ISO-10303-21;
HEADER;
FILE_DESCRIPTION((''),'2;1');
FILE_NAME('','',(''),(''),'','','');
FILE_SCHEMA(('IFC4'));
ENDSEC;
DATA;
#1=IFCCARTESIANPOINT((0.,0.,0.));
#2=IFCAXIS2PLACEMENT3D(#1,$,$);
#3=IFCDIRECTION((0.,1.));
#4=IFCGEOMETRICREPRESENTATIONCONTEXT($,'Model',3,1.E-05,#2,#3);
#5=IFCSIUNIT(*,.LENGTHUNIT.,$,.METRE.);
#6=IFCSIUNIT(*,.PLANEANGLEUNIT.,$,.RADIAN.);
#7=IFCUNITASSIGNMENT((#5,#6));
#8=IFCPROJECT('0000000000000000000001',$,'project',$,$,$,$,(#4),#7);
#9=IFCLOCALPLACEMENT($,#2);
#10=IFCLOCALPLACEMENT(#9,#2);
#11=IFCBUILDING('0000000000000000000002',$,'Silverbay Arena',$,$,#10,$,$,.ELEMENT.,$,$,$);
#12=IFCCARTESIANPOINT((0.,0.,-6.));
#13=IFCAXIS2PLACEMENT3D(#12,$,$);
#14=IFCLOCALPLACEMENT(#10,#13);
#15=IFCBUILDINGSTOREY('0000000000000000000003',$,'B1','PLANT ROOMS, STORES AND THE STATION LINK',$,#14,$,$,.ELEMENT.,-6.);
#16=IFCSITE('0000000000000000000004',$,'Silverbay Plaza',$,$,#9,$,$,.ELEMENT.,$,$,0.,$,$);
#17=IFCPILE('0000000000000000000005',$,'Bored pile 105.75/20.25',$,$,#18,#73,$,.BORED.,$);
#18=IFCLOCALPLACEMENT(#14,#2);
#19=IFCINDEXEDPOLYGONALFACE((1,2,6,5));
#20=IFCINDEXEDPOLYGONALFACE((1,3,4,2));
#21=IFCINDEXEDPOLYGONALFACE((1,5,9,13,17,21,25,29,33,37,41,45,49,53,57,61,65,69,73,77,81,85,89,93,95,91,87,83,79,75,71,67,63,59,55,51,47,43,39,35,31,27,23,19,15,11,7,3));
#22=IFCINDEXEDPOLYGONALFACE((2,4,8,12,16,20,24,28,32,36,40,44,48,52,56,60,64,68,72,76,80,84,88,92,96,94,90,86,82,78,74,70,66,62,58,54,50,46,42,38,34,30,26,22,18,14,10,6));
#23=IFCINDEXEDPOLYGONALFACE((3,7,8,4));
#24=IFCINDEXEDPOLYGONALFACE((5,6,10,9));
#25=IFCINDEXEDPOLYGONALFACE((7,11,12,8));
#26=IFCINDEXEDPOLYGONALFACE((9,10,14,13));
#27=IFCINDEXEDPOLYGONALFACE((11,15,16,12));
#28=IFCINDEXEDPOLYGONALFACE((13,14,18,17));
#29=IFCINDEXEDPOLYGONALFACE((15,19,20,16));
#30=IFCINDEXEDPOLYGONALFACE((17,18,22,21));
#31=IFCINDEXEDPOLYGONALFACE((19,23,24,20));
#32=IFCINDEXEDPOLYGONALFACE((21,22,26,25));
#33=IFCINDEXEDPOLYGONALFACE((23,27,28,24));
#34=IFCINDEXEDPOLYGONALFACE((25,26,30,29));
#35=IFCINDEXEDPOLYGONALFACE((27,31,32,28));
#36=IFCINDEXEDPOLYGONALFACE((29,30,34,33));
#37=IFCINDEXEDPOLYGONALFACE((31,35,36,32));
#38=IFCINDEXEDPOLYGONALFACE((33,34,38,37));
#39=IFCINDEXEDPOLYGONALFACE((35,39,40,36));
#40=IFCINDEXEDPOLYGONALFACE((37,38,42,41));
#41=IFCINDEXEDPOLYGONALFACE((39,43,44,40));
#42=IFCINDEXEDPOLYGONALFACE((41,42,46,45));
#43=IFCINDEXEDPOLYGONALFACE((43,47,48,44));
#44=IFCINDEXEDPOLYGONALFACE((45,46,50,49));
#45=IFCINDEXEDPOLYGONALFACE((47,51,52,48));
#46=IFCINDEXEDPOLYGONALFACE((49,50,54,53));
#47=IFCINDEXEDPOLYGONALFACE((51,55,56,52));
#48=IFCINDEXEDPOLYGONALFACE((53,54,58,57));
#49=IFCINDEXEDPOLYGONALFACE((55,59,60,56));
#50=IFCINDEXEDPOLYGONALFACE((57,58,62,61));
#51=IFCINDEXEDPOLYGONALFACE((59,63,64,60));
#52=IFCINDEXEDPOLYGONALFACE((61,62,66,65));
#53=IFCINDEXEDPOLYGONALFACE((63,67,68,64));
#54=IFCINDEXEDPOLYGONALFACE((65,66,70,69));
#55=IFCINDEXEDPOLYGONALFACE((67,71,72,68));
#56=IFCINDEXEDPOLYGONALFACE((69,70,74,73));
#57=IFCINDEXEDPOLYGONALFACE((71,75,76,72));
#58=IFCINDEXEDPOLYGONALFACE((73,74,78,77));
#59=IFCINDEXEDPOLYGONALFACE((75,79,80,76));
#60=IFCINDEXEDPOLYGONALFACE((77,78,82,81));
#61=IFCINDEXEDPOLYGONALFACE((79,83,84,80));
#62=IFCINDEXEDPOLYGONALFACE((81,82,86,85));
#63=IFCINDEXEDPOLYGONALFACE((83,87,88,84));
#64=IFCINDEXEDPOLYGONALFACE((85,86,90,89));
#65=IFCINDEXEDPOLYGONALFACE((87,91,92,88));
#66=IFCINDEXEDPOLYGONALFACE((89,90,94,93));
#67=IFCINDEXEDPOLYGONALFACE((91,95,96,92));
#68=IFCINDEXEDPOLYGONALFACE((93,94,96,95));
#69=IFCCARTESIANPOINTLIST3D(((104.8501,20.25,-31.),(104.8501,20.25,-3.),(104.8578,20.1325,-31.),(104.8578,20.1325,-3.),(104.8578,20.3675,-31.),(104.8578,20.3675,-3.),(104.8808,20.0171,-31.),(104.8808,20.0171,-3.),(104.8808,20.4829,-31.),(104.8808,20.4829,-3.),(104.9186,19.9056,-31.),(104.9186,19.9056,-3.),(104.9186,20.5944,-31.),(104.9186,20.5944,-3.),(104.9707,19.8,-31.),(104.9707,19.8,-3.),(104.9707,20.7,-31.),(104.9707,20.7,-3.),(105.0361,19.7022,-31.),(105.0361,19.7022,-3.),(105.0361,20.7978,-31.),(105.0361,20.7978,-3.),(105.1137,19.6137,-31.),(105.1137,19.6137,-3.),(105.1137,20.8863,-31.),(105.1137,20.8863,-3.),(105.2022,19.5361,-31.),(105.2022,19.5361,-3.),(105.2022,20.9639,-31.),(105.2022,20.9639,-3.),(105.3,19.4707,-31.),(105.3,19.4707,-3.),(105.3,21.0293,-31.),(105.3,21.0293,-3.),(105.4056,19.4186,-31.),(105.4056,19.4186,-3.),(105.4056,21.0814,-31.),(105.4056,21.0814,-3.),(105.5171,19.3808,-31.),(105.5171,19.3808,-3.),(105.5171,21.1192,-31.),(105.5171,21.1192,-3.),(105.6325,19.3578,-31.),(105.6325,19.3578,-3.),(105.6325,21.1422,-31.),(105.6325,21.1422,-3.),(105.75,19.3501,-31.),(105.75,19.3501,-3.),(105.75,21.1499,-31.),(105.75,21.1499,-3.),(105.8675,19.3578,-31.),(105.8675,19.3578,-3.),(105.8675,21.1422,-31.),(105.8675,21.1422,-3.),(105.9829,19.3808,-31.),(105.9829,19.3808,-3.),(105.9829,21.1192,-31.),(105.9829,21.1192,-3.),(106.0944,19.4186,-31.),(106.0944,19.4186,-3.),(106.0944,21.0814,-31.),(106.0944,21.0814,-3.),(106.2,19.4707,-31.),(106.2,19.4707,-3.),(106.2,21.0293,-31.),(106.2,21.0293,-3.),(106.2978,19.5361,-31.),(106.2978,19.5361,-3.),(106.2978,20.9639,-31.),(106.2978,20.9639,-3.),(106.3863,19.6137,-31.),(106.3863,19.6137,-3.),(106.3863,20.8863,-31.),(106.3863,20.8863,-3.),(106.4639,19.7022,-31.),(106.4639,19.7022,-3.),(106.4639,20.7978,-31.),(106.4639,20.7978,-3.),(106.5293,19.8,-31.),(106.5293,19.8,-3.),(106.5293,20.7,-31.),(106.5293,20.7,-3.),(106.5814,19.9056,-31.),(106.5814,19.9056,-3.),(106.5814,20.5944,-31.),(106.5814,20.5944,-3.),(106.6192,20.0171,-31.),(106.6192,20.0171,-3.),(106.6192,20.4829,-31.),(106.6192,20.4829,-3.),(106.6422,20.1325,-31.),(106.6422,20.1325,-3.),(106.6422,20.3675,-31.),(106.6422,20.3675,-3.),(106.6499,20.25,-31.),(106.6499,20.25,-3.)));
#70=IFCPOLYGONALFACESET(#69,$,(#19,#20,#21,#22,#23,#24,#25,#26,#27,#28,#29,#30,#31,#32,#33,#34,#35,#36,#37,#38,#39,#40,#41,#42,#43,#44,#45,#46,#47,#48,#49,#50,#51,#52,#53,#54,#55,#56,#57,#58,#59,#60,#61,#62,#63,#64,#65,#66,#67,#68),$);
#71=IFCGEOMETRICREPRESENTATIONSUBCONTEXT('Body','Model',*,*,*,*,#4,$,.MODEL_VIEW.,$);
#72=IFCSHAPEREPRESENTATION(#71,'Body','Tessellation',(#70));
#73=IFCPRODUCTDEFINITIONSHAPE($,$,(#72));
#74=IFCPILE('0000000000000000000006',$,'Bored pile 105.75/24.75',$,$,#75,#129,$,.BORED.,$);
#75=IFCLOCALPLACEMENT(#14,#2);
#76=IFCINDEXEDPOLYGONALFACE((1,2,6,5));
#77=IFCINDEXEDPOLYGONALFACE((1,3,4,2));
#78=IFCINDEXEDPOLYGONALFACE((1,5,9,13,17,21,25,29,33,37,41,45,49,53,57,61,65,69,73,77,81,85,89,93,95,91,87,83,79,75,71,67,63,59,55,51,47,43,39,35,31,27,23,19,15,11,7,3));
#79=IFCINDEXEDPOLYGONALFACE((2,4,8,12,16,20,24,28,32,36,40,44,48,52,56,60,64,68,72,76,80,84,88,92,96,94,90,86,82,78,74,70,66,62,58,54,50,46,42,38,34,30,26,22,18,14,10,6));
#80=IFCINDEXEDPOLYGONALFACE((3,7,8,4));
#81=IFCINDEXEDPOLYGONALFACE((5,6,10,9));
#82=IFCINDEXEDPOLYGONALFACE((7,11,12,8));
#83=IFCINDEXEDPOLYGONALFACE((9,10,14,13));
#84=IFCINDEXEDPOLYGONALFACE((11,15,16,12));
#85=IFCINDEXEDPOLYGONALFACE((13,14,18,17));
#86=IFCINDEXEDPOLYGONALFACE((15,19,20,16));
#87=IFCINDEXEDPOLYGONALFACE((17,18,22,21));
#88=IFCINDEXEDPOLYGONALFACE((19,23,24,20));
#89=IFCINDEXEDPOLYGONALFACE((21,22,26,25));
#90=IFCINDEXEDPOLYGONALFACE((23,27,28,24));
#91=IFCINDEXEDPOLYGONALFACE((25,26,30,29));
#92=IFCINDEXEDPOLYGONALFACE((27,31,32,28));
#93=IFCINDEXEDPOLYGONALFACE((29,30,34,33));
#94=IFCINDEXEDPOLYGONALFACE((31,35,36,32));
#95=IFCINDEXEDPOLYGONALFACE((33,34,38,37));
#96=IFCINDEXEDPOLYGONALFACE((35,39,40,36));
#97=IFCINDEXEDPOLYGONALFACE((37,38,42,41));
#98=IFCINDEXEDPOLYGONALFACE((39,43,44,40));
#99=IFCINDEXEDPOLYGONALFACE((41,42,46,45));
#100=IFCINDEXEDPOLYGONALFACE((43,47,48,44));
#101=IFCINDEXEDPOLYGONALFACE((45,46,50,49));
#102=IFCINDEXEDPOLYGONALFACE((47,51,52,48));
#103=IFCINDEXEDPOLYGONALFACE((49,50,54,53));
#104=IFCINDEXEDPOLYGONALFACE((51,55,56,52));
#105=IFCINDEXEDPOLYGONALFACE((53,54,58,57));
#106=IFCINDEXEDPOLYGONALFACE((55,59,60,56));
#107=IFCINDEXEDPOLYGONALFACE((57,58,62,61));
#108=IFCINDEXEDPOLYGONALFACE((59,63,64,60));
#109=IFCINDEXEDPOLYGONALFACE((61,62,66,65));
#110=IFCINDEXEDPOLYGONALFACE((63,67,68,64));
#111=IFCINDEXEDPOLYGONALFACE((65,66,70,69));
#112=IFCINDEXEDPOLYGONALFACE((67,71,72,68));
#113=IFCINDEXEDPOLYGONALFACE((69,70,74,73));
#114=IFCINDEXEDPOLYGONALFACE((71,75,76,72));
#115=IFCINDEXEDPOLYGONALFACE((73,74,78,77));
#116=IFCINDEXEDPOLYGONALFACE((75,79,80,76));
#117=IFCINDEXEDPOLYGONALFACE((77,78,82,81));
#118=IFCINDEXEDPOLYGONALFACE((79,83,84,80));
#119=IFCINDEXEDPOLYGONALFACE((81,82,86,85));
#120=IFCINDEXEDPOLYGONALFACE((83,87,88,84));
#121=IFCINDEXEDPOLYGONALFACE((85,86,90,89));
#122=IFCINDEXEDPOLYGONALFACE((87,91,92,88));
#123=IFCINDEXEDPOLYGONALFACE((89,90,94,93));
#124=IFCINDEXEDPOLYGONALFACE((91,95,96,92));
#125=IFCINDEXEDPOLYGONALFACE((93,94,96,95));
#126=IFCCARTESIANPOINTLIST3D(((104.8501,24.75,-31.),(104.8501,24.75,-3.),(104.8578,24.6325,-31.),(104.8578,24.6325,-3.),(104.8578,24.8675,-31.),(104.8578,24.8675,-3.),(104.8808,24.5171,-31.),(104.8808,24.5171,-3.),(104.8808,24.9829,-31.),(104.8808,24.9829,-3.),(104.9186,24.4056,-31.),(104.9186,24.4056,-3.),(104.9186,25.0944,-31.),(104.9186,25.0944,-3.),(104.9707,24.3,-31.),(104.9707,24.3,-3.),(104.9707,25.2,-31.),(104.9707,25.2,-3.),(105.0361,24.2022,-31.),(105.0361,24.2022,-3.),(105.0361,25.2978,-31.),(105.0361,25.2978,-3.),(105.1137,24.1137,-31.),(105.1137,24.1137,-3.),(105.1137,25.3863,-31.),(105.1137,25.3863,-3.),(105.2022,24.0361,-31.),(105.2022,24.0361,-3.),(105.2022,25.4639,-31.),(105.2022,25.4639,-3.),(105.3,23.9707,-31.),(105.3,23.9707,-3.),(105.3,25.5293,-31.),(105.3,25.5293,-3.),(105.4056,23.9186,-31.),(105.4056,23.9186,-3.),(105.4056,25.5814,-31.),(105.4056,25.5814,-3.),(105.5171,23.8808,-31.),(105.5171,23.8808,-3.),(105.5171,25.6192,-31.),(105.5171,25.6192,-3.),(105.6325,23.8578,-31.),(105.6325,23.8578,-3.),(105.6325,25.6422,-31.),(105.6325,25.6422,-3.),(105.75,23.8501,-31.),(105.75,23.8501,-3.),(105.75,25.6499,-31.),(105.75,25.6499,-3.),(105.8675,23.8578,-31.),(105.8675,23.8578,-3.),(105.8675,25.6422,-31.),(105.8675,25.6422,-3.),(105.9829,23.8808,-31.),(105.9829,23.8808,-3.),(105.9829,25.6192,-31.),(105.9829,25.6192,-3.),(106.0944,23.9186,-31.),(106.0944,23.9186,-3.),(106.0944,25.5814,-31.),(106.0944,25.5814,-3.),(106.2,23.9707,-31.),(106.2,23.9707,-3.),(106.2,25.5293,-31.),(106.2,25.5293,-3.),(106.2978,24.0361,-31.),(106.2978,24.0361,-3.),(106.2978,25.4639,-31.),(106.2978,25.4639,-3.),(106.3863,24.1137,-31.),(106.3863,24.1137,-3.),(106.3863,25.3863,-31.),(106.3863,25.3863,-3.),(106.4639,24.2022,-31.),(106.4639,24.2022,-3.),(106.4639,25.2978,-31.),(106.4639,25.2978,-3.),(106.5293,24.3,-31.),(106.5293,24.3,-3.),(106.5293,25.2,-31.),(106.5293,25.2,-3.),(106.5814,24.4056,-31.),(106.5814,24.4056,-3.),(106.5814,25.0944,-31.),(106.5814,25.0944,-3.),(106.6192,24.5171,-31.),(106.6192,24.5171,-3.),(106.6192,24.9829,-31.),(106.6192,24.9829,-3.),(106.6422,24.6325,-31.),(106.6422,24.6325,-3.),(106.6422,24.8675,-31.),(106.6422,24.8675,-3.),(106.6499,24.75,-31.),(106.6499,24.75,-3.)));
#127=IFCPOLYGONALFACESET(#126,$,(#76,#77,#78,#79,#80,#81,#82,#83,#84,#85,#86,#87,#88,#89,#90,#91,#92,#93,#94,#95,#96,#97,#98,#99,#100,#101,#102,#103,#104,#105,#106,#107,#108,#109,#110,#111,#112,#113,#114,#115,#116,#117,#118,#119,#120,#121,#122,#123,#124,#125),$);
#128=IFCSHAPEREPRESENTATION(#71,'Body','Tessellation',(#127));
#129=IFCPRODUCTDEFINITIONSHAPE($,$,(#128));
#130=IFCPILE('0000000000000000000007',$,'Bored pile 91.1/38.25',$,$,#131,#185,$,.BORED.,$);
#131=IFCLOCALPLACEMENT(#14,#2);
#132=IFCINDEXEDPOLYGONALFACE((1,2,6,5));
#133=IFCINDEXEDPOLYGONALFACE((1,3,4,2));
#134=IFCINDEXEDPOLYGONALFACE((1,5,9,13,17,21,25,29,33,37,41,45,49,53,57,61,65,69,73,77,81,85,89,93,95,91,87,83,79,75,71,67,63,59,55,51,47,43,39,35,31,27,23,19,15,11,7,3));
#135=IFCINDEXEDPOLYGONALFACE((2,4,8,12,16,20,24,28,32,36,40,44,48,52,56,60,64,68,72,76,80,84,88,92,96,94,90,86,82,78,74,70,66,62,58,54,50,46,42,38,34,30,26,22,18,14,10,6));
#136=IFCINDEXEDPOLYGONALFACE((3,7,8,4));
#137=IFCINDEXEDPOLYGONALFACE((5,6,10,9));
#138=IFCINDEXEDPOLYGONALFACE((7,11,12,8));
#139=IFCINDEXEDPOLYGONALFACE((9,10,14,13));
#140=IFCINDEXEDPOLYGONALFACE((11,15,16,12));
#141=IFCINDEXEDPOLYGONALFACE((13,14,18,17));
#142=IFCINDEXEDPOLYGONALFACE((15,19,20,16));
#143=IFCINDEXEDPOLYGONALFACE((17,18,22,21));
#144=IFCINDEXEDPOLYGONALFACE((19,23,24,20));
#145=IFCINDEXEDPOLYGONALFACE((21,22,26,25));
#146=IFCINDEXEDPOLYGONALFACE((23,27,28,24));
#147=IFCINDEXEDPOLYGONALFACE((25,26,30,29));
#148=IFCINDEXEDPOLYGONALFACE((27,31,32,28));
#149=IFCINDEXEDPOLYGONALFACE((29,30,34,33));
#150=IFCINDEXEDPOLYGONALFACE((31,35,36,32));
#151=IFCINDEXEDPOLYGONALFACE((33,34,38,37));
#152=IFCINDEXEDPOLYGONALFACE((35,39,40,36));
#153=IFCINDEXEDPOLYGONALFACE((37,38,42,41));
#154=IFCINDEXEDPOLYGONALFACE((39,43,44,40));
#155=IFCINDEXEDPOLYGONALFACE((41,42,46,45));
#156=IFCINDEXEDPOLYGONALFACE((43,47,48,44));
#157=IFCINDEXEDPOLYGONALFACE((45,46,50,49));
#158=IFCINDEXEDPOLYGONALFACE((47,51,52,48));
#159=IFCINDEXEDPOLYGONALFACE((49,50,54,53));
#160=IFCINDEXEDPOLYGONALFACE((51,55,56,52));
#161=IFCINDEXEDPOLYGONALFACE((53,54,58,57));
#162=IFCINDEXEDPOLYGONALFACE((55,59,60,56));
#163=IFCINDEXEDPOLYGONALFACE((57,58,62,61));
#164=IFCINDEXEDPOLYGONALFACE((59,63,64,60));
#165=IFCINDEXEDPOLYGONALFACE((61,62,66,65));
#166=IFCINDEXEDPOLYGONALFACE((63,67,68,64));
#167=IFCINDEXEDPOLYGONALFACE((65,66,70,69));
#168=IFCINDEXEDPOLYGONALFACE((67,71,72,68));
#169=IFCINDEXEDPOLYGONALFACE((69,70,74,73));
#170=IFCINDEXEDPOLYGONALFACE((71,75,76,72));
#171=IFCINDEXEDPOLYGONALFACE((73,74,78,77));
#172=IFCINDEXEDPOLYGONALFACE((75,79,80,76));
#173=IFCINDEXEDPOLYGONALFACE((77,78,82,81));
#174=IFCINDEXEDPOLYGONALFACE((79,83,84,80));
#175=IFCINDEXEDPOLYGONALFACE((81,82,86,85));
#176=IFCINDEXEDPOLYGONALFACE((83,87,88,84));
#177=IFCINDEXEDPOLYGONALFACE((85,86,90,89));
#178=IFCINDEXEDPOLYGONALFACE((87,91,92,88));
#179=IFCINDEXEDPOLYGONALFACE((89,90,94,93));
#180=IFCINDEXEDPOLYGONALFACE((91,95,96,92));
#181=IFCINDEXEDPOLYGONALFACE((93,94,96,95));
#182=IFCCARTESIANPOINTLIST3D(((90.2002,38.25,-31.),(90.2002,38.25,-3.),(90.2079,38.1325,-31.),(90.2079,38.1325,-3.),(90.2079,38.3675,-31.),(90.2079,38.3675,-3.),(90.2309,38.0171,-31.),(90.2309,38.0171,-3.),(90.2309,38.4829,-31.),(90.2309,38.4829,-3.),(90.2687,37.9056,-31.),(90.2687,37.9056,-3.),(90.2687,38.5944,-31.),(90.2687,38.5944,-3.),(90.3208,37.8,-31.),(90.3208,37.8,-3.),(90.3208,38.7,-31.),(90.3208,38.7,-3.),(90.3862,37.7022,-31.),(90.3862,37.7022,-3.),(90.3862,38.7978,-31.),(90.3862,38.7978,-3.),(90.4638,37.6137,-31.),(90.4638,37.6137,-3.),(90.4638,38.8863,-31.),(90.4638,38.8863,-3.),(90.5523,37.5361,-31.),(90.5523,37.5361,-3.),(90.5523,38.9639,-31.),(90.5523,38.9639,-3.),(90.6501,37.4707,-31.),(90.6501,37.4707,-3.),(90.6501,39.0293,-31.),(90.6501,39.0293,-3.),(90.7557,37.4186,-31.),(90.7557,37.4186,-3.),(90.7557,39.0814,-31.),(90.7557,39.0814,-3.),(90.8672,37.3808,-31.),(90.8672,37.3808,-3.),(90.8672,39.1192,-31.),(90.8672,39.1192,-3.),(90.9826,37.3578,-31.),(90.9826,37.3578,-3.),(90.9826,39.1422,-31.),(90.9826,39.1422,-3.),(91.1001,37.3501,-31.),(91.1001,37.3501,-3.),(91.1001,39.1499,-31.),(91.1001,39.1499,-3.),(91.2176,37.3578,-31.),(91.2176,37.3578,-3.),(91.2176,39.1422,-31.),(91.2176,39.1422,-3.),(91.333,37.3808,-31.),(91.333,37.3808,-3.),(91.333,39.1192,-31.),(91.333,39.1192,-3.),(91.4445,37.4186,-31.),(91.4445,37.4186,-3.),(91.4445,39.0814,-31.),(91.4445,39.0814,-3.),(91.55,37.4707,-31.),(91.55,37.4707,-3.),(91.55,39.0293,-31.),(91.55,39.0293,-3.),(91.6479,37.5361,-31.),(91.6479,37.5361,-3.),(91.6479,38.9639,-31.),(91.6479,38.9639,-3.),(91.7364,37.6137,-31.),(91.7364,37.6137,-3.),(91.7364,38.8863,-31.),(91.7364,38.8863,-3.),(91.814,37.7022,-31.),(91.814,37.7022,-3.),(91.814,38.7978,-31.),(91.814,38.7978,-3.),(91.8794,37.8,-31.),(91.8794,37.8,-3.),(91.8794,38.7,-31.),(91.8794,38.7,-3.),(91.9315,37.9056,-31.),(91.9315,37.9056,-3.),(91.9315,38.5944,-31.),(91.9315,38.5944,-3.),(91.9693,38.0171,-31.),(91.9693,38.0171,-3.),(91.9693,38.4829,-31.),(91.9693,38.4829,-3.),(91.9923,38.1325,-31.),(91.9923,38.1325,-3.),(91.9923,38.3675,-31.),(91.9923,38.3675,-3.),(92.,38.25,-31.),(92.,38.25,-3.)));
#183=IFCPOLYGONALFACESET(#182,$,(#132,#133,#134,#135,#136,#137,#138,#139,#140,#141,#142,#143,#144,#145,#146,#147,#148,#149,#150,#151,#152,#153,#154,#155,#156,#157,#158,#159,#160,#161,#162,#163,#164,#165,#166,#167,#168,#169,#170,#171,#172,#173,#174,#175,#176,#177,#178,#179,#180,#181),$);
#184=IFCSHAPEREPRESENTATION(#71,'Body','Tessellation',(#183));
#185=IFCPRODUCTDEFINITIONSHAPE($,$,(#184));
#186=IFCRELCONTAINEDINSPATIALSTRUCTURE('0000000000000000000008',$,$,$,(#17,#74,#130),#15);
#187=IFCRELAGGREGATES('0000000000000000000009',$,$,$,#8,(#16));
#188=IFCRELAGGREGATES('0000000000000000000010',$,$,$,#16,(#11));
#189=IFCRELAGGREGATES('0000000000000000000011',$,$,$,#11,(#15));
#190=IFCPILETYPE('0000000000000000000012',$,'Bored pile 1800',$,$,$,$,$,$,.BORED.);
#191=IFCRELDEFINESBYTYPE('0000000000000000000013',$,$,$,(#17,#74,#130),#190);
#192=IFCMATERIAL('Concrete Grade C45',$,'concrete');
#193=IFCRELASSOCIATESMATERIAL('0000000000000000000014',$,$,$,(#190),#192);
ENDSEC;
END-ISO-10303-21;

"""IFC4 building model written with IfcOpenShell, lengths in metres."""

from ifc_helpers import new_model, si_unit, direction, frame, origin, origin_2d, place, context, subcontext, project, spatial, circle, extrude, material, material_profile, profile_set, type_object, element, save


model = new_model("IFC4")

# Units and contexts
model_context = context("Model", 3, precision=1e-05, world=origin(), true_north=direction((0.0, 1.0)))
body_context = subcontext(model_context, "Body", "Model", "MODEL_VIEW")
ifc_project = project(units=[si_unit("LENGTHUNIT", "METRE"), si_unit("PLANEANGLEUNIT", "RADIAN")], contexts=[model_context])

# Site, building, storey
site_placement = place(None, origin())
site = spatial("IfcSite", under=ifc_project, at=site_placement, Name="Silverbay Plaza", CompositionType="ELEMENT", RefElevation=0.0)
building_placement = place(site_placement, origin())
building = spatial("IfcBuilding", under=site, at=building_placement, Name="Silverbay Arena", CompositionType="ELEMENT")
storey_placement = place(building_placement, frame((0.0, 0.0, -6.0)))
storey = spatial("IfcBuildingStorey", under=building, at=storey_placement, Name="B1", Description="PLANT ROOMS, STORES AND THE STATION LINK", CompositionType="ELEMENT", Elevation=-6.0)

# Piles
ifc_material_1 = material(Name="Concrete Grade C45", Category="concrete")
ifc_material_profile_1 = material_profile(ifc_material_1, circle(Radius=0.8999, at=origin_2d()), Name="Bored pile 1800")
ifc_profile_set_1 = profile_set([ifc_material_profile_1], Name="Concrete Grade C45")
pile_type_1 = type_object("IfcPileType", Name="Bored pile 1800", PredefinedType="BORED", material=ifc_profile_set_1)
for number, where, z_axis, x_axis, name in (
    (1, (105.75, 20.25, -3.0), (0.0, 0.0, -1.0), (1.0, 0.0, 0.0), "Bored pile 105.75/20.25"),
    (2, (105.75, 24.75, -3.0), (0.0, 0.0, -1.0), (1.0, 0.0, 0.0), "Bored pile 105.75/24.75"),
    (3, (91.1001, 38.25, -3.0), (0.0, 0.0, -1.0), (1.0, 0.0, 0.0), "Bored pile 91.1/38.25"),
):
    element("IfcPile", number, at=place(storey_placement, frame(where, z_axis=z_axis, x_axis=x_axis)), inside=storey, type_object=pile_type_1, Name=name, PredefinedType="BORED", context=body_context, shape_type="SweptSolid", body=[
        extrude(circle(Radius=0.8999, at=origin_2d()), origin(), (0.0, 0.0, 1.0), 28.0),
    ])

save(model, "model.ifc")
